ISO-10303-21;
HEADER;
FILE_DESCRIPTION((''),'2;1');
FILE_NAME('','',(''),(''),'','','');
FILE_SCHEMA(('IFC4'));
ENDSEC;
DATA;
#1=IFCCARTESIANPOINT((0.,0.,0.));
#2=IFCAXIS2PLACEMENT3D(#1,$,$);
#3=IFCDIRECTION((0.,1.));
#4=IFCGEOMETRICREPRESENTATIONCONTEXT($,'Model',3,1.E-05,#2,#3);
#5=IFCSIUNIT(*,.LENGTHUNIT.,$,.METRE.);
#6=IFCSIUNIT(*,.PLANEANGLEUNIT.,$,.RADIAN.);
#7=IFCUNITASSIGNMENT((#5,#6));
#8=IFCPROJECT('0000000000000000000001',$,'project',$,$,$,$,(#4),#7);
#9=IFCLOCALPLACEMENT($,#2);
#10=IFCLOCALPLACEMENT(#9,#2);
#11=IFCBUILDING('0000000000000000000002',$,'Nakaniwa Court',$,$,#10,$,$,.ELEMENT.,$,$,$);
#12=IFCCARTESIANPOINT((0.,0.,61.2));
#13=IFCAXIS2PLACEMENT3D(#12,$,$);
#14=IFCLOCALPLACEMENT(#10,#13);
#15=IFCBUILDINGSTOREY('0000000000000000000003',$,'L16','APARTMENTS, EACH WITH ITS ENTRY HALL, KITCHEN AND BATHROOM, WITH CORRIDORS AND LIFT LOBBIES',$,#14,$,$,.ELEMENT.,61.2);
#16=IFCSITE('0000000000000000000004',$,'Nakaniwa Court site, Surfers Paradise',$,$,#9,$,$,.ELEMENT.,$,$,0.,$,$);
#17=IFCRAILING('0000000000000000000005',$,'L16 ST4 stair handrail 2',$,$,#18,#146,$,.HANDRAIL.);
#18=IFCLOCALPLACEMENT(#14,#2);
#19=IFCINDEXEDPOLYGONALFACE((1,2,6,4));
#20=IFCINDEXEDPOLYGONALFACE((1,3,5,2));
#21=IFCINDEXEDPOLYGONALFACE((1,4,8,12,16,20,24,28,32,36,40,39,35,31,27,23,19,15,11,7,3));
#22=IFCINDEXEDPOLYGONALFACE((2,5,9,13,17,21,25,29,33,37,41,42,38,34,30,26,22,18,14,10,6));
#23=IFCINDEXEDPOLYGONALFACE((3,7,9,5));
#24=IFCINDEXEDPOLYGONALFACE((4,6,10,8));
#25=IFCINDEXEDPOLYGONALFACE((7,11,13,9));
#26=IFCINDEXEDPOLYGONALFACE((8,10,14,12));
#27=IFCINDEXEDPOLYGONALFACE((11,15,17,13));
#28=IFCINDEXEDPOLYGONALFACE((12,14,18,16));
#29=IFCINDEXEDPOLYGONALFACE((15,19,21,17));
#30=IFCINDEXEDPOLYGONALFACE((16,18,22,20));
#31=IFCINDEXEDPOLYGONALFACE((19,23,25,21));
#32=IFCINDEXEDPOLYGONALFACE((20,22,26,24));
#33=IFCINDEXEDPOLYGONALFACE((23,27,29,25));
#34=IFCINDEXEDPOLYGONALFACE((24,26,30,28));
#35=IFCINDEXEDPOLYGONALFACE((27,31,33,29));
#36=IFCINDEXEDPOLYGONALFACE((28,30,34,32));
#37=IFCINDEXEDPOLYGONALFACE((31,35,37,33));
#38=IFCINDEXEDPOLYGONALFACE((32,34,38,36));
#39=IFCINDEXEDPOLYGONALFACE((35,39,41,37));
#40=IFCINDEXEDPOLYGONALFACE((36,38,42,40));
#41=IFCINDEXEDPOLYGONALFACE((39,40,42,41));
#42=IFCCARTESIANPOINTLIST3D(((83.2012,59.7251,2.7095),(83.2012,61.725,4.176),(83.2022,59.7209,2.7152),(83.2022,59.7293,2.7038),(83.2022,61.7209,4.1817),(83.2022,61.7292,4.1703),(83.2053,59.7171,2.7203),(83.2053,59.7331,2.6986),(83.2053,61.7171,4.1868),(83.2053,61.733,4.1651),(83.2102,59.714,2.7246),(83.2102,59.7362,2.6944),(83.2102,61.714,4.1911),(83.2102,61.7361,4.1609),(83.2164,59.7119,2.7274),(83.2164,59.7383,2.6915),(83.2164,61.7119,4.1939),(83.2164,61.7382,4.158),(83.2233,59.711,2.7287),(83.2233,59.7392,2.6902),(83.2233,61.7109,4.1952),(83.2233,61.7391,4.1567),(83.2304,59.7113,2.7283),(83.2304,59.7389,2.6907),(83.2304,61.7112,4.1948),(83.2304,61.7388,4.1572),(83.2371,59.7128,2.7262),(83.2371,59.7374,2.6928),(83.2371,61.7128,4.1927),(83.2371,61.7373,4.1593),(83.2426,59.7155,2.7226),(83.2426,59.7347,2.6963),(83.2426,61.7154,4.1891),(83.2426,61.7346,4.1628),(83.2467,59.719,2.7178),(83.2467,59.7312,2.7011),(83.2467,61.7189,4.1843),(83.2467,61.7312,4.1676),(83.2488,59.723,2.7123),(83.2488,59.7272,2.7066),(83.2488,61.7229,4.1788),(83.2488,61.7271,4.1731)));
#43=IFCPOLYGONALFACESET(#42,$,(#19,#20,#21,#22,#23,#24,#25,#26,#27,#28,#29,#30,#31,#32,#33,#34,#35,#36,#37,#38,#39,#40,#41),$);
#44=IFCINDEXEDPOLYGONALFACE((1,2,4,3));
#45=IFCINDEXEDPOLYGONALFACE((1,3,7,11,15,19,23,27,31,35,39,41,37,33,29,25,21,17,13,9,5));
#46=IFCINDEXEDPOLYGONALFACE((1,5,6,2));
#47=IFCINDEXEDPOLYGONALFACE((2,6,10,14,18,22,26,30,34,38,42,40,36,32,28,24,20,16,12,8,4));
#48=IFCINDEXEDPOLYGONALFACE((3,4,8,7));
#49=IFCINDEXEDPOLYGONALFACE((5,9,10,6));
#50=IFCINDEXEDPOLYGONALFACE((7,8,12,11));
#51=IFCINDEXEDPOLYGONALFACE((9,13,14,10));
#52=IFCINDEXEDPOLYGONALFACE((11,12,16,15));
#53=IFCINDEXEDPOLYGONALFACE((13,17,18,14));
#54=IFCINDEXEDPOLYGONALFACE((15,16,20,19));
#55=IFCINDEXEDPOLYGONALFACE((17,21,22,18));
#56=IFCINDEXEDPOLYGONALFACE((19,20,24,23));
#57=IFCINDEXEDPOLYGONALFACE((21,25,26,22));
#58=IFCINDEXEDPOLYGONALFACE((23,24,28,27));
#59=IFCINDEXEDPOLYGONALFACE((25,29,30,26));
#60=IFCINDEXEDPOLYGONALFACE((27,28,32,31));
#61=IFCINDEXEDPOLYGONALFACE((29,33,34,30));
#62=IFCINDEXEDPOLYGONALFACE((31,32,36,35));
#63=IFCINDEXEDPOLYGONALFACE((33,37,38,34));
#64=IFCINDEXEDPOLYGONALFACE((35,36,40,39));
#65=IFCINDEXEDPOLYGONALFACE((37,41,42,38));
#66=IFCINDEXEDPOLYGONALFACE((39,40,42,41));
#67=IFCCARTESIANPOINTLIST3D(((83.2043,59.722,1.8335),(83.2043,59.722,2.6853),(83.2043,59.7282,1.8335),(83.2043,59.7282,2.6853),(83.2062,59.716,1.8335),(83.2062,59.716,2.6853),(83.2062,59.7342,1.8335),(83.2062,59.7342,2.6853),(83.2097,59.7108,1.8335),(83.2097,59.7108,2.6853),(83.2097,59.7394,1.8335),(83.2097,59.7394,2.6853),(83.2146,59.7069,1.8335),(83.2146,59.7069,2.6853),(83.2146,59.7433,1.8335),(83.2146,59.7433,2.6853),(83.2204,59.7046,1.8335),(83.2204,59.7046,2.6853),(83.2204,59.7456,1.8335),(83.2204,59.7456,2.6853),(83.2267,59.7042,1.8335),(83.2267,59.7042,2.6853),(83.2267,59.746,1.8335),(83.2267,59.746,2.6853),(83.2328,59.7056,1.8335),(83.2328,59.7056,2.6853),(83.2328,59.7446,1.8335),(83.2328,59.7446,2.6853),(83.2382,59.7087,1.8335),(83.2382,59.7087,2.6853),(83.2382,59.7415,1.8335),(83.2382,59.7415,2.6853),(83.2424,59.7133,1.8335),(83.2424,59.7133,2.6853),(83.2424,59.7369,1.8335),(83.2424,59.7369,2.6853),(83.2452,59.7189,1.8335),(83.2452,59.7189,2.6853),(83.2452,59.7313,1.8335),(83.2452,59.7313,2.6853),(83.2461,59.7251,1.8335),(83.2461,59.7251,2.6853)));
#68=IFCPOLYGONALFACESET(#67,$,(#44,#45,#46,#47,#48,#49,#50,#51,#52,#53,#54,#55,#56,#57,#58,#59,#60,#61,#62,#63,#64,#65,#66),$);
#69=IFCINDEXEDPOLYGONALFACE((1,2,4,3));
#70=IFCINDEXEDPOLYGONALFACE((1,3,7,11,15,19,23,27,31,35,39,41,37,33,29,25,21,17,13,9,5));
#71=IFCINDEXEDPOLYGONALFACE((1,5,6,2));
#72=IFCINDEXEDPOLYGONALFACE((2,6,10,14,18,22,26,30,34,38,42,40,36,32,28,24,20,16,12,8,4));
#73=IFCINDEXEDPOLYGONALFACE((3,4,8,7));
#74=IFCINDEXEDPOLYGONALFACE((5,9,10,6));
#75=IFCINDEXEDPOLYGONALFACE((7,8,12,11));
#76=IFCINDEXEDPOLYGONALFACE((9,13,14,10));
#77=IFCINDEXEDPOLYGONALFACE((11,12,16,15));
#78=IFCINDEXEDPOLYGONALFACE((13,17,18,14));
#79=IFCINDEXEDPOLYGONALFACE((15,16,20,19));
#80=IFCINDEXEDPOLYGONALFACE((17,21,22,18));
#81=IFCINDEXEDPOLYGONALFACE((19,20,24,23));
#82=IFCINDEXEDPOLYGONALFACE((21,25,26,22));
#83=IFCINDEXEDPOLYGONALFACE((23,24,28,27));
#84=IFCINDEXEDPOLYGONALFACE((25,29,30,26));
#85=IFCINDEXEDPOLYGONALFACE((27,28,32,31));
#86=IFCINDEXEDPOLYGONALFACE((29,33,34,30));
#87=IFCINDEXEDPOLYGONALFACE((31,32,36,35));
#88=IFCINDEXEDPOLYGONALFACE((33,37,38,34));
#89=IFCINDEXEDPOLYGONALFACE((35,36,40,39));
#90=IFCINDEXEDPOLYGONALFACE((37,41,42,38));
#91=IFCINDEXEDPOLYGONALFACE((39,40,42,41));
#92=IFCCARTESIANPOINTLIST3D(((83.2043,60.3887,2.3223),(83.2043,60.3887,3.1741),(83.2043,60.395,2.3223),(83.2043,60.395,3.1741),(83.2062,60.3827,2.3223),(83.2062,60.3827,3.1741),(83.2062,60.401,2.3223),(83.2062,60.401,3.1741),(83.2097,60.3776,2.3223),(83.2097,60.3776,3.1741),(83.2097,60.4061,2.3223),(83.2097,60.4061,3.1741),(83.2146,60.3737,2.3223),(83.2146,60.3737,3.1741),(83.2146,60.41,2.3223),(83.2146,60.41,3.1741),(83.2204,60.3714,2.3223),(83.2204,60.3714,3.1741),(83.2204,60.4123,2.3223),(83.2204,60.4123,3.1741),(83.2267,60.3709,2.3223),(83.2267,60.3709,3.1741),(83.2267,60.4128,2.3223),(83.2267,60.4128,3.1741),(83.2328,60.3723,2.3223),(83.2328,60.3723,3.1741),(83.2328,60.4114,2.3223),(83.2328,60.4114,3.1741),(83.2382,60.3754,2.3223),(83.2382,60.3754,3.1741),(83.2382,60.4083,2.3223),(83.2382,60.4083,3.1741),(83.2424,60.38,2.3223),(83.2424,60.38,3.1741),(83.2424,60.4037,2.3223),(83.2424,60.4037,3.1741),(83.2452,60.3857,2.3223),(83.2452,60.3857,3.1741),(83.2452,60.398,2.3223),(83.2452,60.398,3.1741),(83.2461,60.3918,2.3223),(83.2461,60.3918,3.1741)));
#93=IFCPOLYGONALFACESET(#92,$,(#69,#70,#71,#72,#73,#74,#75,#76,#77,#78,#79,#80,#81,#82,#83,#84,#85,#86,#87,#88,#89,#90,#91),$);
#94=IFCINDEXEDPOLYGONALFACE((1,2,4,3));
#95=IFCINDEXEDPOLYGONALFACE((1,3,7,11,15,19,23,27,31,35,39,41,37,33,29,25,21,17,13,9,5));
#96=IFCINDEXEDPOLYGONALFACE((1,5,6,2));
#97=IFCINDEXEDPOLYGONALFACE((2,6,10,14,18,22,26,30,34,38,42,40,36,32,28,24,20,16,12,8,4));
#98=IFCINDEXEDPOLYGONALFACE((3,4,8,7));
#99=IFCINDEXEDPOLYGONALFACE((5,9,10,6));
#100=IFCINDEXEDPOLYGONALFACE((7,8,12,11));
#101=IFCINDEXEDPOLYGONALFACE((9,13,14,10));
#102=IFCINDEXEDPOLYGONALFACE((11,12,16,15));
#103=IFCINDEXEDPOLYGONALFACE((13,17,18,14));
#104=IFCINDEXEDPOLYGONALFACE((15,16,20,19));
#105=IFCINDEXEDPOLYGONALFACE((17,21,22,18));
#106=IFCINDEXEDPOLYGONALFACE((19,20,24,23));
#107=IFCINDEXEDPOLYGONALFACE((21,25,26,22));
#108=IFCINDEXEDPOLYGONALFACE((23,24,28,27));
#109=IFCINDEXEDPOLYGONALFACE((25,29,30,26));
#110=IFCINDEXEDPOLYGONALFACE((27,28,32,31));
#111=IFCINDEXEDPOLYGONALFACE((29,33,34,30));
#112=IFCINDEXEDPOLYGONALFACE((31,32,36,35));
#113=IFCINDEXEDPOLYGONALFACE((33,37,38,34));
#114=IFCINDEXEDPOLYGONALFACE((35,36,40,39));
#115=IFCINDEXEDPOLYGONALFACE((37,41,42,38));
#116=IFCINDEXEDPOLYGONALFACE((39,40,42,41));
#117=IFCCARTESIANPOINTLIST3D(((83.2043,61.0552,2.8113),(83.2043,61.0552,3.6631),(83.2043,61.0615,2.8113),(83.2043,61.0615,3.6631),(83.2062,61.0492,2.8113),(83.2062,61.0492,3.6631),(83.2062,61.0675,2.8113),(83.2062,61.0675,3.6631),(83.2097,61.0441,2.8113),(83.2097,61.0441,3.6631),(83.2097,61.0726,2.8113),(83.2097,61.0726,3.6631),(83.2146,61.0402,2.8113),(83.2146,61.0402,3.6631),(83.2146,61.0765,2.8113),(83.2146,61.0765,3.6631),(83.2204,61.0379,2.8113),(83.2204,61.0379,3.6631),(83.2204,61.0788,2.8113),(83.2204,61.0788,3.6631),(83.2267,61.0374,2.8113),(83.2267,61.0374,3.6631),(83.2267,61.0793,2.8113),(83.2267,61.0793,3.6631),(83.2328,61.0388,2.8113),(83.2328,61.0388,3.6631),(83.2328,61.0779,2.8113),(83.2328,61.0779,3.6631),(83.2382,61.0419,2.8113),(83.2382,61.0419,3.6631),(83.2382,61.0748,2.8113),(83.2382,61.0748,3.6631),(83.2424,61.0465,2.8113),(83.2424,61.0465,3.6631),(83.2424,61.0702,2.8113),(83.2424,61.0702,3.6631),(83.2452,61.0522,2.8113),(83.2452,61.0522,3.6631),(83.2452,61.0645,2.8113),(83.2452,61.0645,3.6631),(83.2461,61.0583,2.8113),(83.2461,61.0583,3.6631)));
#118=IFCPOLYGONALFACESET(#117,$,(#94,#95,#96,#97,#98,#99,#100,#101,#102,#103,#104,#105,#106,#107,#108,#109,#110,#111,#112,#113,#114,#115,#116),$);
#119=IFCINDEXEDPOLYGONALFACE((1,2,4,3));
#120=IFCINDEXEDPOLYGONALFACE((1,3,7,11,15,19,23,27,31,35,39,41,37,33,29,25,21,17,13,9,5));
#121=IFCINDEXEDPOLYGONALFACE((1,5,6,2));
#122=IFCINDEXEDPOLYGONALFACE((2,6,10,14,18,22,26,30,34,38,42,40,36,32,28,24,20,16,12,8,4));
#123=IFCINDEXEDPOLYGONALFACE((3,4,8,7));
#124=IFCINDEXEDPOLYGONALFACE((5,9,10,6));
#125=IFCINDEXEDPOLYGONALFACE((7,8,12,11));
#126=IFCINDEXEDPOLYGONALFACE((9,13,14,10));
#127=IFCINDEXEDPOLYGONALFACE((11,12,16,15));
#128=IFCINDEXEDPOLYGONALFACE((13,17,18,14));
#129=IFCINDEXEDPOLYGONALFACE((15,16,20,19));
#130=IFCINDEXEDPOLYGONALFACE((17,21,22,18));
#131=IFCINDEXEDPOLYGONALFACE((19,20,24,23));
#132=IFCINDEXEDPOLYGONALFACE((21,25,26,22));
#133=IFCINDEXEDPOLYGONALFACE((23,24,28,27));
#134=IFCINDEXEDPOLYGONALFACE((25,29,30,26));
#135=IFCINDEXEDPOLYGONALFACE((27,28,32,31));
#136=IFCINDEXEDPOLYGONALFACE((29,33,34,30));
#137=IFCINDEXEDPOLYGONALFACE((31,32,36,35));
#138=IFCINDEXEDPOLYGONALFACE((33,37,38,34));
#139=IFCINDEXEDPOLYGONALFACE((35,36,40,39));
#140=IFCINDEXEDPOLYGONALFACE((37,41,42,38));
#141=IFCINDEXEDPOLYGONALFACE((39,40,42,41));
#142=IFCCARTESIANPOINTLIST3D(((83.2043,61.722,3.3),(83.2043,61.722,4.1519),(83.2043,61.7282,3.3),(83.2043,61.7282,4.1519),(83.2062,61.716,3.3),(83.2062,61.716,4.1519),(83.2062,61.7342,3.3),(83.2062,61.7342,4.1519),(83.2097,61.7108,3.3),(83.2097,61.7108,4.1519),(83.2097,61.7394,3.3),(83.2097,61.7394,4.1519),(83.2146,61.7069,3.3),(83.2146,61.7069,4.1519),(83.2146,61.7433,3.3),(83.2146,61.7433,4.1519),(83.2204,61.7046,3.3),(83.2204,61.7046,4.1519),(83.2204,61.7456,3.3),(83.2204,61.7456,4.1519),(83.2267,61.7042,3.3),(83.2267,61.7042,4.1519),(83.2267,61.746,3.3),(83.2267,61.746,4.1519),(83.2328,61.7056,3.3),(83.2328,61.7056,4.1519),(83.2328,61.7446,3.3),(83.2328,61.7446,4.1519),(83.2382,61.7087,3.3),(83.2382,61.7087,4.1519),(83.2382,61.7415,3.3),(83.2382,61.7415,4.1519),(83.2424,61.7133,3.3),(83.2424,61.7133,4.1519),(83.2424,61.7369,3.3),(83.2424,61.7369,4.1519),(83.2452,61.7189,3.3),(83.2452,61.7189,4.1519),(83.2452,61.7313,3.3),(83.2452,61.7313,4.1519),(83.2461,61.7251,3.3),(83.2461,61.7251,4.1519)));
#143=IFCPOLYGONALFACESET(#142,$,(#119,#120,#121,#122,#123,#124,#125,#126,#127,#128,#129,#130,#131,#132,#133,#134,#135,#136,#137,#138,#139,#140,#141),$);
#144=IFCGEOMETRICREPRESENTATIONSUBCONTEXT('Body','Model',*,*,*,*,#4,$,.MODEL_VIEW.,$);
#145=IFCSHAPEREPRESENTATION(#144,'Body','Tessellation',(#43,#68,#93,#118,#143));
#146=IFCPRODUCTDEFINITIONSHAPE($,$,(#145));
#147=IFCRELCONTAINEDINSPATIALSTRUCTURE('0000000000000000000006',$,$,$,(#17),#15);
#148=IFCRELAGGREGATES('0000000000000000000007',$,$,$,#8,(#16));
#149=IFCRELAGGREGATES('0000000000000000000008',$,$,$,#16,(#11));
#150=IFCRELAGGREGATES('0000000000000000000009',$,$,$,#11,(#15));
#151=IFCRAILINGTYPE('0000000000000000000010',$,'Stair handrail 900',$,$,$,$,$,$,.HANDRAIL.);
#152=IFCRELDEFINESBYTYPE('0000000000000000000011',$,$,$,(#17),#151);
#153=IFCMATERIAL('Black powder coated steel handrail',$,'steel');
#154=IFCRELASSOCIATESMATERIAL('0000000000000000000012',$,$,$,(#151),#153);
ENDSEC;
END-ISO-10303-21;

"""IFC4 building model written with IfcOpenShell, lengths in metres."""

from ifc_helpers import new_model, si_unit, direction, frame, origin, origin_2d, place, context, subcontext, project, spatial, circle, extrude, material, type_object, element, save


model = new_model("IFC4")

# Units and contexts
model_context = context("Model", 3, precision=1e-05, world=origin(), true_north=direction((0.0, 1.0)))
body_context = subcontext(model_context, "Body", "Model", "MODEL_VIEW")
ifc_project = project(units=[si_unit("LENGTHUNIT", "METRE"), si_unit("PLANEANGLEUNIT", "RADIAN")], contexts=[model_context])

# Site, building, storey
site_placement = place(None, origin())
site = spatial("IfcSite", under=ifc_project, at=site_placement, Name="Nakaniwa Court site, Surfers Paradise", CompositionType="ELEMENT", RefElevation=0.0)
building_placement = place(site_placement, origin())
building = spatial("IfcBuilding", under=site, at=building_placement, Name="Nakaniwa Court", CompositionType="ELEMENT")
storey_placement = place(building_placement, frame((0.0, 0.0, 61.2)))
storey = spatial("IfcBuildingStorey", under=building, at=storey_placement, Name="L16", Description="APARTMENTS, EACH WITH ITS ENTRY HALL, KITCHEN AND BATHROOM, WITH CORRIDORS AND LIFT LOBBIES", CompositionType="ELEMENT", Elevation=61.2)

# Railing
ifc_material_1 = material(Name="Black powder coated steel handrail", Category="steel")
railing_type_1 = type_object("IfcRailingType", Name="Stair handrail 900", PredefinedType="HANDRAIL", material=ifc_material_1)
railing_1_placement = place(storey_placement, frame((83.2251, 59.7251, 1.8335)))
element("IfcRailing", 1, at=railing_1_placement, inside=storey, type_object=railing_type_1, Name="L16 ST4 stair handrail 2", PredefinedType="HANDRAIL", context=body_context, shape_type="SweptSolid", body=[
    extrude(circle(Radius=0.0239, at=origin_2d()), frame((0.0, 0.0, 0.876), z_axis=(0.0, 0.806427, 0.591334), x_axis=(-1.0, 0.0, 0.0)), (0.0, 0.0, 1.0), 2.48),
    extrude(circle(Radius=0.021, at=origin_2d()), origin(), (0.0, 0.0, 1.0), 0.8518),
    extrude(circle(Radius=0.021, at=origin_2d()), frame((0.0, 0.6667, 0.4888)), (0.0, 0.0, 1.0), 0.8518),
    extrude(circle(Radius=0.021, at=origin_2d()), frame((0.0, 1.3333, 0.9778)), (0.0, 0.0, 1.0), 0.8518),
    extrude(circle(Radius=0.021, at=origin_2d()), frame((0.0, 2.0, 1.4666)), (0.0, 0.0, 1.0), 0.8518),
])

save(model, "model.ifc")
